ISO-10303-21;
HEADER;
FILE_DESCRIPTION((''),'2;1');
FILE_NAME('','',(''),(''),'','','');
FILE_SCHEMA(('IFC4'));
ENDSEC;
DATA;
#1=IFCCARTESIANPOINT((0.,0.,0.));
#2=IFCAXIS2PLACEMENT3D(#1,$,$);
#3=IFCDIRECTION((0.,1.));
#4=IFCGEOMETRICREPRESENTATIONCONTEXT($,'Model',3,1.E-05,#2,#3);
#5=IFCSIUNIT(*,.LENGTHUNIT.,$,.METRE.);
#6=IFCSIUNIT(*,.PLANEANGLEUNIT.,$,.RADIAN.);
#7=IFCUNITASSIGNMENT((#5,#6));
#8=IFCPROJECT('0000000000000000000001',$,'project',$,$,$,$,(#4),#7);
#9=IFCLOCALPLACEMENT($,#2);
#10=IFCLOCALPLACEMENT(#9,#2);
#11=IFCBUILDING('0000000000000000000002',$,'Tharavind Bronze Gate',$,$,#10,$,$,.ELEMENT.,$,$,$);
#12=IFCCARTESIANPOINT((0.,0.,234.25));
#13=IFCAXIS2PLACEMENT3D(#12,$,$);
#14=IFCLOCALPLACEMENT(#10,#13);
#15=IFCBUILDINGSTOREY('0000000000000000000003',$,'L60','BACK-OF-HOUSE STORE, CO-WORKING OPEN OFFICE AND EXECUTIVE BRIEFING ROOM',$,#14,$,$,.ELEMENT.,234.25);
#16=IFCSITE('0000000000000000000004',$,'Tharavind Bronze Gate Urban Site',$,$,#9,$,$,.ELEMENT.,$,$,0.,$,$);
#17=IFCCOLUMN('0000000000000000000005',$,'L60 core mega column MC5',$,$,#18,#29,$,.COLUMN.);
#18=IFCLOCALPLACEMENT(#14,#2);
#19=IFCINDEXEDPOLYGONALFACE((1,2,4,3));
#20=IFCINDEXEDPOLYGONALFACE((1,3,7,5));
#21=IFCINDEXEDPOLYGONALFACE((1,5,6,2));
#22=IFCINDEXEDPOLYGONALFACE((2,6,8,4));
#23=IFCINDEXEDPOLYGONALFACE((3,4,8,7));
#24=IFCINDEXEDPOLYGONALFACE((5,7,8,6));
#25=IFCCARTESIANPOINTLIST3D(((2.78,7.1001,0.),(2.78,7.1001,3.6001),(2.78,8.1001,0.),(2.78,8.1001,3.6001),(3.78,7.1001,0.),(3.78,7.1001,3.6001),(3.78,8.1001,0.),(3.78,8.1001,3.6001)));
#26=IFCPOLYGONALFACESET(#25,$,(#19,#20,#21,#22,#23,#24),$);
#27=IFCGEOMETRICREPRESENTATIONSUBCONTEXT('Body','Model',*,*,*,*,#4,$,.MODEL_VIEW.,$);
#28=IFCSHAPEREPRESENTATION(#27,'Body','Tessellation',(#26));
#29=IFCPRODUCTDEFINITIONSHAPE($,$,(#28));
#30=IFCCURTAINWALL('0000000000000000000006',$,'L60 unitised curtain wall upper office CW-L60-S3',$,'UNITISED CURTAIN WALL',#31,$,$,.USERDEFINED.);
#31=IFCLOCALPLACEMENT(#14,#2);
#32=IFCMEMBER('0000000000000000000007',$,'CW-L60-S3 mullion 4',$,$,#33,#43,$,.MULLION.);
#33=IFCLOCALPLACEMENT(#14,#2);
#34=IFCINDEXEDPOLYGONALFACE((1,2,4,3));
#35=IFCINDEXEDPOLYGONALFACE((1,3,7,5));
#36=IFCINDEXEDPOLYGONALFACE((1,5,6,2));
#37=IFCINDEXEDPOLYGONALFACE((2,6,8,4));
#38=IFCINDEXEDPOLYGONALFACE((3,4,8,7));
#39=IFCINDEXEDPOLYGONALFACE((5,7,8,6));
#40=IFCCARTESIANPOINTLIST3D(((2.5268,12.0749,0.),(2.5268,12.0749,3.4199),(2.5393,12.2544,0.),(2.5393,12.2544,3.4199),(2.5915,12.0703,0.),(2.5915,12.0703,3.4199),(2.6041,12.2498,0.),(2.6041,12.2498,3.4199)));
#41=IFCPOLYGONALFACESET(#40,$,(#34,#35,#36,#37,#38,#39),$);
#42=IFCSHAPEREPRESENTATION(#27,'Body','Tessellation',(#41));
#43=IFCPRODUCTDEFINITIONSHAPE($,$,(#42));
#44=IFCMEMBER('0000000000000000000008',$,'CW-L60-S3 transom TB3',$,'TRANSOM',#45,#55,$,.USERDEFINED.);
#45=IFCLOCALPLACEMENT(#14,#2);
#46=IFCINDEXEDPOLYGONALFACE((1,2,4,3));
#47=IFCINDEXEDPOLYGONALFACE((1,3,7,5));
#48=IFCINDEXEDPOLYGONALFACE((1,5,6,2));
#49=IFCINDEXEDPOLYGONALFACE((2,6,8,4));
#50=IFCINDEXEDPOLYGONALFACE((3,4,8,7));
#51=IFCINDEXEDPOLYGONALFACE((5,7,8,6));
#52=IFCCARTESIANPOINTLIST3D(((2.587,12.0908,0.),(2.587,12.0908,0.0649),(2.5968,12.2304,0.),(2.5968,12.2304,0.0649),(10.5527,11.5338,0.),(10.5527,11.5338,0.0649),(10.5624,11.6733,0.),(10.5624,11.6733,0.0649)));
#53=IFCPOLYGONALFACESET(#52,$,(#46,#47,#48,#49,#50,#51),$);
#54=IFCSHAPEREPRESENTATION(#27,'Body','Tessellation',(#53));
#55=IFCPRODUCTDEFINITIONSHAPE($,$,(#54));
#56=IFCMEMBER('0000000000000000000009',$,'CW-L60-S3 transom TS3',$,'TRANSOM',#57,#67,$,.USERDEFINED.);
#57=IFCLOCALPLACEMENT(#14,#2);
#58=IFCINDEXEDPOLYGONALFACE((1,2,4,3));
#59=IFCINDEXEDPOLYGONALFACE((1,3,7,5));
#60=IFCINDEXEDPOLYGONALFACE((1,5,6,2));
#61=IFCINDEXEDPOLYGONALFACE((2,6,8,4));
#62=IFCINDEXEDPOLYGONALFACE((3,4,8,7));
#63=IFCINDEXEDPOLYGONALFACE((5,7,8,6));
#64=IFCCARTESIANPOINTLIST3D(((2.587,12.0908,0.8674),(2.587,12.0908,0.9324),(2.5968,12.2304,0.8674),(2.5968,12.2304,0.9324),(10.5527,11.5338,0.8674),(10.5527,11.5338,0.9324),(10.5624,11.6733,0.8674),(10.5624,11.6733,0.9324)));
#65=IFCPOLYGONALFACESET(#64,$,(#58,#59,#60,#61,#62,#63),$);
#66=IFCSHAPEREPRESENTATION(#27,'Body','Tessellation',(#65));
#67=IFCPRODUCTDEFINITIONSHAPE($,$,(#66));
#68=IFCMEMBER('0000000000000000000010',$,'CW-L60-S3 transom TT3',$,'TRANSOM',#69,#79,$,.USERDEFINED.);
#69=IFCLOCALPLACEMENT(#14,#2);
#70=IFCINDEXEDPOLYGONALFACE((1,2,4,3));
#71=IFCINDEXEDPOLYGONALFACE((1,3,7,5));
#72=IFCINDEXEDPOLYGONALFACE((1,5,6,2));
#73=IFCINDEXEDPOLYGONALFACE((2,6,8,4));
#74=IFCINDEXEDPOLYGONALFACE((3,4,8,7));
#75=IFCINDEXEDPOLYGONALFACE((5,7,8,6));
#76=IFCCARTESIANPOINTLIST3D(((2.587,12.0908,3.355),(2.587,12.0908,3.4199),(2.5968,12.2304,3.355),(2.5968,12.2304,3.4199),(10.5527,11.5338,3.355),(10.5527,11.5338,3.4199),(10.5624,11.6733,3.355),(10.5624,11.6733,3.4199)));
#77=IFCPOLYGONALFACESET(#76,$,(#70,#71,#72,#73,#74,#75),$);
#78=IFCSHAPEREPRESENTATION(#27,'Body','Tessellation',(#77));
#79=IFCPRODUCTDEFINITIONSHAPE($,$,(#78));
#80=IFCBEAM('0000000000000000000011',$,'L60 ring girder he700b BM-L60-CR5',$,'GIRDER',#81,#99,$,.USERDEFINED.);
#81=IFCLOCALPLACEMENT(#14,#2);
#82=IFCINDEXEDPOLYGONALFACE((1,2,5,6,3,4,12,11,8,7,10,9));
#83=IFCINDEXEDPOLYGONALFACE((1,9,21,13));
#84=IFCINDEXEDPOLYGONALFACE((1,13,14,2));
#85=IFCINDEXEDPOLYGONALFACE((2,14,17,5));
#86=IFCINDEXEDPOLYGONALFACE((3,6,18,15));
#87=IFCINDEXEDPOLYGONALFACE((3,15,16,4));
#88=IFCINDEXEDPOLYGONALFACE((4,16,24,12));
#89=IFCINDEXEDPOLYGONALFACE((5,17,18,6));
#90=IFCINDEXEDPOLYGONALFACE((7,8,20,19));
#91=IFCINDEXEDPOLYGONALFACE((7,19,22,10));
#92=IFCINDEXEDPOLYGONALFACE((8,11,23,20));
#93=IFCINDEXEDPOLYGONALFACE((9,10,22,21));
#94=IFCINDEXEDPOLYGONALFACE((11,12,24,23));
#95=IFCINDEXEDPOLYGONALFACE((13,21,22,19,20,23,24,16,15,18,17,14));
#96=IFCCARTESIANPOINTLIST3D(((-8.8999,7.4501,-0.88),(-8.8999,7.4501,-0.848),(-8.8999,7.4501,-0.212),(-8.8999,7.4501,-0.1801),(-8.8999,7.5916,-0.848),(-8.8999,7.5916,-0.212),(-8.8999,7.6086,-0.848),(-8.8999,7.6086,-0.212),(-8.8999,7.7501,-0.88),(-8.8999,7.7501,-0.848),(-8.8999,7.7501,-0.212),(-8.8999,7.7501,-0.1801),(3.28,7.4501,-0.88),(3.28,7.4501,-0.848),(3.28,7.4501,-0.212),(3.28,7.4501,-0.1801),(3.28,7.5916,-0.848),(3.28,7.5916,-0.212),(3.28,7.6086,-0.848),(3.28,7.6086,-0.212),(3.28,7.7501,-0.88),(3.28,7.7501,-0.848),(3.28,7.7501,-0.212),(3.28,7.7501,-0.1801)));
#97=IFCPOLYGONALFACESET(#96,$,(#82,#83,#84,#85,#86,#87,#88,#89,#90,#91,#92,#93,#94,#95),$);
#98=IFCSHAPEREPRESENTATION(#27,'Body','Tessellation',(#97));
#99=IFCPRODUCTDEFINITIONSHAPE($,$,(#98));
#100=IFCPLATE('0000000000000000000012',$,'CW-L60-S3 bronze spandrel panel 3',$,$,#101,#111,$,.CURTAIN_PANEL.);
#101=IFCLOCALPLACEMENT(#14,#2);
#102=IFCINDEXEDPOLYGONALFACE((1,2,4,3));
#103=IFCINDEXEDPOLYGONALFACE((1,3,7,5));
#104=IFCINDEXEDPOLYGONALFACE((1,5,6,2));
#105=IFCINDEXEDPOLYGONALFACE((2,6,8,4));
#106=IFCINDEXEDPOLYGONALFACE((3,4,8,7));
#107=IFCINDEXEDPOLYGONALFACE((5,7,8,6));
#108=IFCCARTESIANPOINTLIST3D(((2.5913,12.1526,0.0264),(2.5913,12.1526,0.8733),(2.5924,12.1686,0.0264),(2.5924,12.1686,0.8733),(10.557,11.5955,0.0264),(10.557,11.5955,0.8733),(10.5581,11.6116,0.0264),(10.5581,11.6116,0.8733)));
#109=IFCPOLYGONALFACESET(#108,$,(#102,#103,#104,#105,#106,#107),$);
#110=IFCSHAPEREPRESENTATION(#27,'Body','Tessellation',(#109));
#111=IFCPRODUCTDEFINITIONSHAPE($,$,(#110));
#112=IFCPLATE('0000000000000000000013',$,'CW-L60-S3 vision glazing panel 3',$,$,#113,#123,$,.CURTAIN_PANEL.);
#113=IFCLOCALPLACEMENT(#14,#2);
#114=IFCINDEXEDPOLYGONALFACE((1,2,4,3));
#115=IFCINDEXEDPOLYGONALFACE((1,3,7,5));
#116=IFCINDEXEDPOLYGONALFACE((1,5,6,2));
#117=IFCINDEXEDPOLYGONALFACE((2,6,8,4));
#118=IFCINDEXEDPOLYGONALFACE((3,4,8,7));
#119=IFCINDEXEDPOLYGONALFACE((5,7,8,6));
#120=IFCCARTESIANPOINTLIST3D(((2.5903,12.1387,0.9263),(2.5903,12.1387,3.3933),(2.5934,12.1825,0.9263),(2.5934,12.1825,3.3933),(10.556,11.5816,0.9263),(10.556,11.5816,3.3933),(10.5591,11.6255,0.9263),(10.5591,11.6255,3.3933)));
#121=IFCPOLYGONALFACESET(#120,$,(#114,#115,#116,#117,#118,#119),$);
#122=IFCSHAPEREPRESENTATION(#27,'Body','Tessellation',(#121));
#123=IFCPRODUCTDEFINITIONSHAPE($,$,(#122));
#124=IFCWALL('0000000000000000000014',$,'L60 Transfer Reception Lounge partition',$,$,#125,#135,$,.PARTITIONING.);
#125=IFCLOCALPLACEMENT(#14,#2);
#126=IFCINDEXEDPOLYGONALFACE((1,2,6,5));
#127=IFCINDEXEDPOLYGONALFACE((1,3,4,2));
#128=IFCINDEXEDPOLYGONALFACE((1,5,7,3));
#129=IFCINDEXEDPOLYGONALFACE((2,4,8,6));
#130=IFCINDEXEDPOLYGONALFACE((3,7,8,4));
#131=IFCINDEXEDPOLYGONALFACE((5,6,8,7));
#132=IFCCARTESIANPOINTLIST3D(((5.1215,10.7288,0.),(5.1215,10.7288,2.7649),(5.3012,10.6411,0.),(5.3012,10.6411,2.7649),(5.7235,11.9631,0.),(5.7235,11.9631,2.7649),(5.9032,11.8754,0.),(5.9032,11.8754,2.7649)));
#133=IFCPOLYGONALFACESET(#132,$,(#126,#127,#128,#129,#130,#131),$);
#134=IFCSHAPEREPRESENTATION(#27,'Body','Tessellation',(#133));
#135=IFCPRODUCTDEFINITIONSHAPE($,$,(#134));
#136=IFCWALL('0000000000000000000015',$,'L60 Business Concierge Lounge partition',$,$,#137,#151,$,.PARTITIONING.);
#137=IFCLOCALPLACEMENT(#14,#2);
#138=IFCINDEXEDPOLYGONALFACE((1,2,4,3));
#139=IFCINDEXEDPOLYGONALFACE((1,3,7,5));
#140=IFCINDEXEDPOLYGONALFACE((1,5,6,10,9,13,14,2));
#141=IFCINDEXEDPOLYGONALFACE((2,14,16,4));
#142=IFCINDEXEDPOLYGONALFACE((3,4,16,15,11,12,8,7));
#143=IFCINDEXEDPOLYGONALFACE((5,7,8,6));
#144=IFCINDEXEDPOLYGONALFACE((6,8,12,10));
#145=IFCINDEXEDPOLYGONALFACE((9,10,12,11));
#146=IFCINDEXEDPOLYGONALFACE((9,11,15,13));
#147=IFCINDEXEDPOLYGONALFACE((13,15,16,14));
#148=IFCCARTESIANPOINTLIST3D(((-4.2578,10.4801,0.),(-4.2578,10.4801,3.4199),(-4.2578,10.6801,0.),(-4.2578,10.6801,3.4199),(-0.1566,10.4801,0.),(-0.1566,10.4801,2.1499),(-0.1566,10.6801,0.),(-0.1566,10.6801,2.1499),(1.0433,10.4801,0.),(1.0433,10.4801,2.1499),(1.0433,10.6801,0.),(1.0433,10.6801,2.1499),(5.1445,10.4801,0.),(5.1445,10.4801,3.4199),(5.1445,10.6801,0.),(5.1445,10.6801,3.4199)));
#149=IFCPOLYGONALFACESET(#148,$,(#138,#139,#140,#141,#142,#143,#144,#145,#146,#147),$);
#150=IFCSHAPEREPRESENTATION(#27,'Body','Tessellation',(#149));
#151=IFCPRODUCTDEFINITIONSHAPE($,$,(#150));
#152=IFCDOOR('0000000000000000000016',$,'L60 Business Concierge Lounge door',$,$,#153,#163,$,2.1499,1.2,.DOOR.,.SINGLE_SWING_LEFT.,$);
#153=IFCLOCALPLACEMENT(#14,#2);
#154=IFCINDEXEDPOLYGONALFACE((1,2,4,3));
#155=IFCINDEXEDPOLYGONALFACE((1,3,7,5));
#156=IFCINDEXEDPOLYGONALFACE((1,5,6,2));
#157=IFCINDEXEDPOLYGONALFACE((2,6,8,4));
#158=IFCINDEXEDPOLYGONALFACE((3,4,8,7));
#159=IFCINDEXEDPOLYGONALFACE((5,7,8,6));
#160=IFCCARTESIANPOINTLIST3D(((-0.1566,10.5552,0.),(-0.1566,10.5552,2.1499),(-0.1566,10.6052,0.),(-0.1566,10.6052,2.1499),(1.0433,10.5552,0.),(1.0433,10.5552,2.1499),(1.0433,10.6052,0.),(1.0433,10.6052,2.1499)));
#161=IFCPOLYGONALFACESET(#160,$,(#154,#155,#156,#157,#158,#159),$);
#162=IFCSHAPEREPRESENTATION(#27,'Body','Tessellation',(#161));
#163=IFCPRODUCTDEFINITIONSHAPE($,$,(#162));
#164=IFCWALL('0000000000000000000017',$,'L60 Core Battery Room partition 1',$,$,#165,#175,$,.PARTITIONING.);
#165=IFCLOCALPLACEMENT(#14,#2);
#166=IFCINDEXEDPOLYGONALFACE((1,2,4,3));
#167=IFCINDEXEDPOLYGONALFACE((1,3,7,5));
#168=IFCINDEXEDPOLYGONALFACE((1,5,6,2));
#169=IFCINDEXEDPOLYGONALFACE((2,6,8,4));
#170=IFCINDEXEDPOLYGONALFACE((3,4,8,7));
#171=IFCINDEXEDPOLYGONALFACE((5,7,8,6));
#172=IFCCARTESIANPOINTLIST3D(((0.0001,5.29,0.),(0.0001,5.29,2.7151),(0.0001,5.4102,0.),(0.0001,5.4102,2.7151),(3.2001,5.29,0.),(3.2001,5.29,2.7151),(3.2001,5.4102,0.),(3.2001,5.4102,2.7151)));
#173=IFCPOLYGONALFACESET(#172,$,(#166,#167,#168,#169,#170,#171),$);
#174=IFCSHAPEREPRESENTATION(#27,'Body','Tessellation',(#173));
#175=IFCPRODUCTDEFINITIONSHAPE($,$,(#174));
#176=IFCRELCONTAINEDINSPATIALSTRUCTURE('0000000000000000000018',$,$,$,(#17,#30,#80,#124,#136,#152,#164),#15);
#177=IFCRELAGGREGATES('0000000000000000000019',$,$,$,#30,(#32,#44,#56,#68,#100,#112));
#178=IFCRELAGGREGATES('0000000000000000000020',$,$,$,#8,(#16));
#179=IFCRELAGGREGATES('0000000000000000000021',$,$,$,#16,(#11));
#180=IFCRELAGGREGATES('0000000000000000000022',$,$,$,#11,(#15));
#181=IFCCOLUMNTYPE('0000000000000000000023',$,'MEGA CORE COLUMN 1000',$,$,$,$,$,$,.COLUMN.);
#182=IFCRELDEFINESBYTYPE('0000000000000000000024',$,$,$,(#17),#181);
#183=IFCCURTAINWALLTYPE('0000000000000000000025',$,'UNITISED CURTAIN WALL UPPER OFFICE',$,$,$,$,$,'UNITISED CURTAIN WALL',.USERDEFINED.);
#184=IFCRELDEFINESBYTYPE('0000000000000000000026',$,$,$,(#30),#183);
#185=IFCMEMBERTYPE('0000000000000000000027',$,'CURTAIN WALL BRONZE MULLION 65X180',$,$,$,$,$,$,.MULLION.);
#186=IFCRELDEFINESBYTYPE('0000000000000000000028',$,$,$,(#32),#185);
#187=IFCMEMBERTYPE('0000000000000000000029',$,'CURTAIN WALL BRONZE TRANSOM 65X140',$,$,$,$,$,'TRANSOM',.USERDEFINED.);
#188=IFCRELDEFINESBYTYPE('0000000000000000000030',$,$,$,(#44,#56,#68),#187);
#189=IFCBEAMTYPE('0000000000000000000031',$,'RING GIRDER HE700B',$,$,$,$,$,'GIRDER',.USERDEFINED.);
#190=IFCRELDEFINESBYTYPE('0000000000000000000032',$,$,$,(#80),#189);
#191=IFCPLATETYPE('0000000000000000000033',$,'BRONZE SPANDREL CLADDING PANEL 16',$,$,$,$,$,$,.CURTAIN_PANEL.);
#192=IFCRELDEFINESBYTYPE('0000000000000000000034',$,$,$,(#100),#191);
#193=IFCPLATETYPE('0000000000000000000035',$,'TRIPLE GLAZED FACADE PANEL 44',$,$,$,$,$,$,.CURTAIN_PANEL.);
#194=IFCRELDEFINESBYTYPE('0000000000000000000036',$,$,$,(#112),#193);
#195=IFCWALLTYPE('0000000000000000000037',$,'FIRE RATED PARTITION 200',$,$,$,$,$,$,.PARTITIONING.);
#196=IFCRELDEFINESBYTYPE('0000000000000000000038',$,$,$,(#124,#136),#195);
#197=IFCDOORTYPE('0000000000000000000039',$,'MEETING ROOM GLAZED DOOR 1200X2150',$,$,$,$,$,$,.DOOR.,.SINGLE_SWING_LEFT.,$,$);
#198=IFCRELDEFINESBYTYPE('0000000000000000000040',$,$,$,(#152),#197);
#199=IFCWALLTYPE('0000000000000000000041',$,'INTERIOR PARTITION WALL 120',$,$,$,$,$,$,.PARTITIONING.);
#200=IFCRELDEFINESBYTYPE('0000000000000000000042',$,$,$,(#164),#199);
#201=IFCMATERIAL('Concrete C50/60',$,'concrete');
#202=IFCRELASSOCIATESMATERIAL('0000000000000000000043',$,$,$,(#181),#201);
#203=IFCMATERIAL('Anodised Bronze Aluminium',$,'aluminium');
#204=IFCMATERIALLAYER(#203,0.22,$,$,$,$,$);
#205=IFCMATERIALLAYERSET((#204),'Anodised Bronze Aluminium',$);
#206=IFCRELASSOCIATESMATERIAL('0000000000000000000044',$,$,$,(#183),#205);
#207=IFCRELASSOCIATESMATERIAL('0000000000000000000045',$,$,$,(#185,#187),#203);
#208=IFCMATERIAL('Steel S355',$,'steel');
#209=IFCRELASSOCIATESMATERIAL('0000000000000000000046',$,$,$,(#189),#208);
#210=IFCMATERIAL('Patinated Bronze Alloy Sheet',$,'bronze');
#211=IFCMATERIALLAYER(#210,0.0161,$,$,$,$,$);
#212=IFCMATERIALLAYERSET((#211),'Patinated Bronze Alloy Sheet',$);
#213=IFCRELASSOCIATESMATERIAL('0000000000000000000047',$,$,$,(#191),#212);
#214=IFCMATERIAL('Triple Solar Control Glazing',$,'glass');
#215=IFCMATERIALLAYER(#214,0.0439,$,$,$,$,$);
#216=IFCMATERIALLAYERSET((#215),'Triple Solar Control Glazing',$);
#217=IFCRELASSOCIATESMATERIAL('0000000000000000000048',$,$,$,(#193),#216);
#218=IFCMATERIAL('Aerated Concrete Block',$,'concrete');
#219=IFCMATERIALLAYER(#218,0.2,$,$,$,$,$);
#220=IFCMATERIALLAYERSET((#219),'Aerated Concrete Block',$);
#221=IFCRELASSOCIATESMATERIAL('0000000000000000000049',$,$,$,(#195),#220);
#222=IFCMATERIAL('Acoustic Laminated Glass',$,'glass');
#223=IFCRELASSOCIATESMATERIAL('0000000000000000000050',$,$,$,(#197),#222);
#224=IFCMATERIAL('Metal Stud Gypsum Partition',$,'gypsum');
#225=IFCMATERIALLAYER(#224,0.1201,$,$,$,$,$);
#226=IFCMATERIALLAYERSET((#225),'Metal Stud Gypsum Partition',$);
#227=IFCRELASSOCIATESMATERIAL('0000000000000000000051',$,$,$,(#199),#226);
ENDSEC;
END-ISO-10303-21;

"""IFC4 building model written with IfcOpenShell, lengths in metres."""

from ifc_helpers import new_model, si_unit, direction, frame, frame_2d, origin, origin_2d, place, context, subcontext, project, spatial, rectangle, i_section, extrude, material, layer, layer_set, material_profile, profile_set, type_object, element, fill, aggregate, save


model = new_model("IFC4")

# Units and contexts
model_context = context("Model", 3, precision=1e-05, world=origin(), true_north=direction((0.0, 1.0)))
body_context = subcontext(model_context, "Body", "Model", "MODEL_VIEW")
ifc_project = project(units=[si_unit("LENGTHUNIT", "METRE"), si_unit("PLANEANGLEUNIT", "RADIAN")], contexts=[model_context])

# Site, building, storey
site_placement = place(None, origin())
site = spatial("IfcSite", under=ifc_project, at=site_placement, Name="Tharavind Bronze Gate Urban Site", CompositionType="ELEMENT", RefElevation=0.0)
building_placement = place(site_placement, origin())
building = spatial("IfcBuilding", under=site, at=building_placement, Name="Tharavind Bronze Gate", CompositionType="ELEMENT")
storey_placement = place(building_placement, frame((0.0, 0.0, 234.25)))
storey = spatial("IfcBuildingStorey", under=building, at=storey_placement, Name="L60", Description="BACK-OF-HOUSE STORE, CO-WORKING OPEN OFFICE AND EXECUTIVE BRIEFING ROOM", CompositionType="ELEMENT", Elevation=234.25)

# Column
ifc_material_1 = material(Name="Concrete C50/60", Category="concrete")
ifc_material_profile_1 = material_profile(ifc_material_1, rectangle(XDim=1.0, YDim=1.0, at=origin_2d()), Name="RCCOL1000")
ifc_profile_set_1 = profile_set([ifc_material_profile_1], Name="Concrete C50/60")
column_type = type_object("IfcColumnType", Name="MEGA CORE COLUMN 1000", PredefinedType="COLUMN", material=ifc_profile_set_1)
column_placement = place(storey_placement, frame((3.28, 7.6001, 0.0), z_axis=(0.0, 0.0, 1.0), x_axis=(1.0, 0.0, 0.0)))
element("IfcColumn", 1, at=column_placement, inside=storey, type_object=column_type, Name="L60 core mega column MC5", PredefinedType="COLUMN", context=body_context, shape_type="SweptSolid", body=[
    extrude(rectangle(XDim=1.0, YDim=1.0, at=origin_2d()), origin(), (0.0, 0.0, 1.0), 3.6001),
])

# Curtain wall, members
ifc_material_2 = material(Name="Anodised Bronze Aluminium", Category="aluminium")
ifc_layer_1 = layer(ifc_material_2, 0.22)
ifc_layer_set_1 = layer_set([ifc_layer_1], Name="Anodised Bronze Aluminium")
curtain_wall_type = type_object("IfcCurtainWallType", Name="UNITISED CURTAIN WALL UPPER OFFICE", ElementType="UNITISED CURTAIN WALL", PredefinedType="USERDEFINED", material=ifc_layer_set_1)
curtain_wall_placement = place(storey_placement, origin())
curtain_wall = element("IfcCurtainWall", 2, at=curtain_wall_placement, inside=storey, type_object=curtain_wall_type, Name="L60 unitised curtain wall upper office CW-L60-S3", ObjectType="UNITISED CURTAIN WALL", PredefinedType="USERDEFINED")
member_type_1 = type_object("IfcMemberType", Name="CURTAIN WALL BRONZE MULLION 65X180", PredefinedType="MULLION", material=ifc_material_2)
member_1_placement = place(storey_placement, frame((2.5654, 12.1624, 0.0), z_axis=(0.0, 0.0, 1.0), x_axis=(-0.997564, 0.069758, 0.0)))
member_1 = element("IfcMember", 3, at=member_1_placement, type_object=member_type_1, Name="CW-L60-S3 mullion 4", PredefinedType="MULLION", context=body_context, shape_type="SweptSolid", body=[
    extrude(rectangle(XDim=0.0649, YDim=0.1799, at=origin_2d()), origin(), (0.0, 0.0, 1.0), 3.4199),
])
member_type_2 = type_object("IfcMemberType", Name="CURTAIN WALL BRONZE TRANSOM 65X140", ElementType="TRANSOM", PredefinedType="USERDEFINED", material=ifc_material_2)
member_2_placement = place(storey_placement, frame((6.5747, 11.8821, 0.0), z_axis=(0.0, 0.0, 1.0), x_axis=(-0.997564, 0.069758, 0.0)))
member_2 = element("IfcMember", 4, at=member_2_placement, type_object=member_type_2, Name="CW-L60-S3 transom TB3", ObjectType="TRANSOM", PredefinedType="USERDEFINED", context=body_context, shape_type="SweptSolid", body=[
    extrude(rectangle(XDim=7.9851, YDim=0.1399, at=origin_2d()), origin(), (0.0, 0.0, 1.0), 0.0649),
])
member_3_placement = place(storey_placement, frame((6.5747, 11.8821, 0.8674), z_axis=(0.0, 0.0, 1.0), x_axis=(-0.997564, 0.069758, 0.0)))
member_3 = element("IfcMember", 5, at=member_3_placement, type_object=member_type_2, Name="CW-L60-S3 transom TS3", ObjectType="TRANSOM", PredefinedType="USERDEFINED", context=body_context, shape_type="SweptSolid", body=[
    extrude(rectangle(XDim=7.9851, YDim=0.1399, at=origin_2d()), origin(), (0.0, 0.0, 1.0), 0.0649),
])
member_4_placement = place(storey_placement, frame((6.5747, 11.8821, 3.355), z_axis=(0.0, 0.0, 1.0), x_axis=(-0.997564, 0.069758, 0.0)))
member_4 = element("IfcMember", 6, at=member_4_placement, type_object=member_type_2, Name="CW-L60-S3 transom TT3", ObjectType="TRANSOM", PredefinedType="USERDEFINED", context=body_context, shape_type="SweptSolid", body=[
    extrude(rectangle(XDim=7.9851, YDim=0.1399, at=origin_2d()), origin(), (0.0, 0.0, 1.0), 0.0649),
])

# Beam
ifc_material_3 = material(Name="Steel S355", Category="steel")
ifc_material_profile_2 = material_profile(ifc_material_3, i_section(OverallWidth=0.3, OverallDepth=0.7, WebThickness=0.0171, FlangeThickness=0.032, at=origin_2d()), Name="HE700B")
ifc_profile_set_2 = profile_set([ifc_material_profile_2], Name="Steel S355")
beam_type = type_object("IfcBeamType", Name="RING GIRDER HE700B", ElementType="GIRDER", PredefinedType="USERDEFINED", material=ifc_profile_set_2)
beam_placement = place(storey_placement, frame((3.28, 7.6001, -0.53), z_axis=(-1.0, 0.0, 0.0), x_axis=(0.0, -1.0, 0.0)))
element("IfcBeam", 7, at=beam_placement, inside=storey, type_object=beam_type, Name="L60 ring girder he700b BM-L60-CR5", ObjectType="GIRDER", PredefinedType="USERDEFINED", context=body_context, shape_type="SweptSolid", body=[
    extrude(i_section(OverallWidth=0.3, OverallDepth=0.7, WebThickness=0.0171, FlangeThickness=0.032, at=origin_2d()), origin(), (0.0, 0.0, 1.0), 12.1799),
])

# Plates
ifc_material_4 = material(Name="Patinated Bronze Alloy Sheet", Category="bronze")
ifc_layer_2 = layer(ifc_material_4, 0.0161)
ifc_layer_set_2 = layer_set([ifc_layer_2], Name="Patinated Bronze Alloy Sheet")
plate_type_1 = type_object("IfcPlateType", Name="BRONZE SPANDREL CLADDING PANEL 16", PredefinedType="CURTAIN_PANEL", material=ifc_layer_set_2)
plate_1_placement = place(storey_placement, frame((6.5747, 11.8821, 0.0264), z_axis=(0.0, 0.0, 1.0), x_axis=(-0.997564, 0.069758, 0.0)))
plate_1 = element("IfcPlate", 8, at=plate_1_placement, type_object=plate_type_1, Name="CW-L60-S3 bronze spandrel panel 3", PredefinedType="CURTAIN_PANEL", context=body_context, shape_type="SweptSolid", body=[
    extrude(rectangle(XDim=7.9851, YDim=0.0161, at=origin_2d()), origin(), (0.0, 0.0, 1.0), 0.8469),
])
ifc_material_5 = material(Name="Triple Solar Control Glazing", Category="glass")
ifc_layer_3 = layer(ifc_material_5, 0.0439)
ifc_layer_set_3 = layer_set([ifc_layer_3], Name="Triple Solar Control Glazing")
plate_type_2 = type_object("IfcPlateType", Name="TRIPLE GLAZED FACADE PANEL 44", PredefinedType="CURTAIN_PANEL", material=ifc_layer_set_3)
plate_2_placement = place(storey_placement, frame((6.5747, 11.8821, 0.9263), z_axis=(0.0, 0.0, 1.0), x_axis=(-0.997564, 0.069758, 0.0)))
plate_2 = element("IfcPlate", 9, at=plate_2_placement, type_object=plate_type_2, Name="CW-L60-S3 vision glazing panel 3", PredefinedType="CURTAIN_PANEL", context=body_context, shape_type="SweptSolid", body=[
    extrude(rectangle(XDim=7.9851, YDim=0.0439, at=origin_2d()), origin(), (0.0, 0.0, 1.0), 2.467),
])
aggregate(curtain_wall, [member_1, member_2, member_3, member_4, plate_1, plate_2])

# Wall
ifc_material_6 = material(Name="Aerated Concrete Block", Category="concrete")
ifc_layer_4 = layer(ifc_material_6, 0.2)
ifc_layer_set_4 = layer_set([ifc_layer_4], Name="Aerated Concrete Block")
wall_type_1 = type_object("IfcWallType", Name="FIRE RATED PARTITION 200", PredefinedType="PARTITIONING", material=ifc_layer_set_4)
wall_1_placement = place(storey_placement, frame((5.2114, 10.6851, 0.0), z_axis=(0.0, 0.0, 1.0), x_axis=(0.438375, 0.898792, 0.0)))
element("IfcWall", 10, at=wall_1_placement, inside=storey, type_object=wall_type_1, Name="L60 Transfer Reception Lounge partition", PredefinedType="PARTITIONING", context=body_context, shape_type="SweptSolid", body=[
    extrude(rectangle(XDim=1.3733, YDim=0.2, at=frame_2d((0.6865, 0.0))), origin(), (0.0, 0.0, 1.0), 2.7649),
])

# Wall, opening, door
wall_2_placement = place(storey_placement, frame((5.1445, 10.5801, 0.0), z_axis=(0.0, 0.0, 1.0), x_axis=(-1.0, 0.0, 0.0)))
wall_2 = element("IfcWall", 11, at=wall_2_placement, inside=storey, type_object=wall_type_1, Name="L60 Business Concierge Lounge partition", PredefinedType="PARTITIONING", context=body_context, shape_type="SweptSolid", body=[
    extrude(rectangle(XDim=9.4023, YDim=0.2, at=frame_2d((4.7012, 0.0))), origin(), (0.0, 0.0, 1.0), 3.4199),
])
opening_1_placement = place(wall_2_placement, frame((4.1011, 0.0, 0.0)))
opening_1 = element("IfcOpeningElement", 12, at=opening_1_placement, cuts=wall_2, PredefinedType="OPENING", context=body_context, shape_type="SweptSolid", body=[
    extrude(rectangle(XDim=1.2, YDim=2.1499, at=frame_2d((0.6001, 1.075))), frame((0.0, 0.1101, 0.0), z_axis=(0.0, -1.0, 0.0), x_axis=(1.0, 0.0, 0.0)), (0.0, 0.0, 1.0), 0.22),
])
ifc_material_7 = material(Name="Acoustic Laminated Glass", Category="glass")
door_type_1 = type_object("IfcDoorType", Name="MEETING ROOM GLAZED DOOR 1200X2150", OperationType="SINGLE_SWING_LEFT", PredefinedType="DOOR", material=ifc_material_7)
door_1_placement = place(opening_1_placement, origin())
door_1 = element("IfcDoor", 13, at=door_1_placement, inside=storey, type_object=door_type_1, Name="L60 Business Concierge Lounge door", OperationType="SINGLE_SWING_LEFT", OverallHeight=2.1499, OverallWidth=1.2, PredefinedType="DOOR", context=body_context, shape_type="SweptSolid", body=[
    extrude(rectangle(XDim=1.2, YDim=2.1499, at=frame_2d((0.6001, 1.075))), frame((0.0, 0.0249, 0.0), z_axis=(0.0, -1.0, 0.0), x_axis=(1.0, 0.0, 0.0)), (0.0, 0.0, 1.0), 0.05),
])
fill(opening_1, door_1)

# Wall
ifc_material_8 = material(Name="Metal Stud Gypsum Partition", Category="gypsum")
ifc_layer_5 = layer(ifc_material_8, 0.1201)
ifc_layer_set_5 = layer_set([ifc_layer_5], Name="Metal Stud Gypsum Partition")
wall_type_2 = type_object("IfcWallType", Name="INTERIOR PARTITION WALL 120", PredefinedType="PARTITIONING", material=ifc_layer_set_5)
wall_3_placement = place(storey_placement, frame((0.0, 5.3501, 0.0), z_axis=(0.0, 0.0, 1.0), x_axis=(1.0, 0.0, 0.0)))
element("IfcWall", 14, at=wall_3_placement, inside=storey, type_object=wall_type_2, Name="L60 Core Battery Room partition 1", PredefinedType="PARTITIONING", context=body_context, shape_type="SweptSolid", body=[
    extrude(rectangle(XDim=3.2, YDim=0.1201, at=frame_2d((1.6001, 0.0))), origin(), (0.0, 0.0, 1.0), 2.7151),
])

save(model, "model.ifc")
